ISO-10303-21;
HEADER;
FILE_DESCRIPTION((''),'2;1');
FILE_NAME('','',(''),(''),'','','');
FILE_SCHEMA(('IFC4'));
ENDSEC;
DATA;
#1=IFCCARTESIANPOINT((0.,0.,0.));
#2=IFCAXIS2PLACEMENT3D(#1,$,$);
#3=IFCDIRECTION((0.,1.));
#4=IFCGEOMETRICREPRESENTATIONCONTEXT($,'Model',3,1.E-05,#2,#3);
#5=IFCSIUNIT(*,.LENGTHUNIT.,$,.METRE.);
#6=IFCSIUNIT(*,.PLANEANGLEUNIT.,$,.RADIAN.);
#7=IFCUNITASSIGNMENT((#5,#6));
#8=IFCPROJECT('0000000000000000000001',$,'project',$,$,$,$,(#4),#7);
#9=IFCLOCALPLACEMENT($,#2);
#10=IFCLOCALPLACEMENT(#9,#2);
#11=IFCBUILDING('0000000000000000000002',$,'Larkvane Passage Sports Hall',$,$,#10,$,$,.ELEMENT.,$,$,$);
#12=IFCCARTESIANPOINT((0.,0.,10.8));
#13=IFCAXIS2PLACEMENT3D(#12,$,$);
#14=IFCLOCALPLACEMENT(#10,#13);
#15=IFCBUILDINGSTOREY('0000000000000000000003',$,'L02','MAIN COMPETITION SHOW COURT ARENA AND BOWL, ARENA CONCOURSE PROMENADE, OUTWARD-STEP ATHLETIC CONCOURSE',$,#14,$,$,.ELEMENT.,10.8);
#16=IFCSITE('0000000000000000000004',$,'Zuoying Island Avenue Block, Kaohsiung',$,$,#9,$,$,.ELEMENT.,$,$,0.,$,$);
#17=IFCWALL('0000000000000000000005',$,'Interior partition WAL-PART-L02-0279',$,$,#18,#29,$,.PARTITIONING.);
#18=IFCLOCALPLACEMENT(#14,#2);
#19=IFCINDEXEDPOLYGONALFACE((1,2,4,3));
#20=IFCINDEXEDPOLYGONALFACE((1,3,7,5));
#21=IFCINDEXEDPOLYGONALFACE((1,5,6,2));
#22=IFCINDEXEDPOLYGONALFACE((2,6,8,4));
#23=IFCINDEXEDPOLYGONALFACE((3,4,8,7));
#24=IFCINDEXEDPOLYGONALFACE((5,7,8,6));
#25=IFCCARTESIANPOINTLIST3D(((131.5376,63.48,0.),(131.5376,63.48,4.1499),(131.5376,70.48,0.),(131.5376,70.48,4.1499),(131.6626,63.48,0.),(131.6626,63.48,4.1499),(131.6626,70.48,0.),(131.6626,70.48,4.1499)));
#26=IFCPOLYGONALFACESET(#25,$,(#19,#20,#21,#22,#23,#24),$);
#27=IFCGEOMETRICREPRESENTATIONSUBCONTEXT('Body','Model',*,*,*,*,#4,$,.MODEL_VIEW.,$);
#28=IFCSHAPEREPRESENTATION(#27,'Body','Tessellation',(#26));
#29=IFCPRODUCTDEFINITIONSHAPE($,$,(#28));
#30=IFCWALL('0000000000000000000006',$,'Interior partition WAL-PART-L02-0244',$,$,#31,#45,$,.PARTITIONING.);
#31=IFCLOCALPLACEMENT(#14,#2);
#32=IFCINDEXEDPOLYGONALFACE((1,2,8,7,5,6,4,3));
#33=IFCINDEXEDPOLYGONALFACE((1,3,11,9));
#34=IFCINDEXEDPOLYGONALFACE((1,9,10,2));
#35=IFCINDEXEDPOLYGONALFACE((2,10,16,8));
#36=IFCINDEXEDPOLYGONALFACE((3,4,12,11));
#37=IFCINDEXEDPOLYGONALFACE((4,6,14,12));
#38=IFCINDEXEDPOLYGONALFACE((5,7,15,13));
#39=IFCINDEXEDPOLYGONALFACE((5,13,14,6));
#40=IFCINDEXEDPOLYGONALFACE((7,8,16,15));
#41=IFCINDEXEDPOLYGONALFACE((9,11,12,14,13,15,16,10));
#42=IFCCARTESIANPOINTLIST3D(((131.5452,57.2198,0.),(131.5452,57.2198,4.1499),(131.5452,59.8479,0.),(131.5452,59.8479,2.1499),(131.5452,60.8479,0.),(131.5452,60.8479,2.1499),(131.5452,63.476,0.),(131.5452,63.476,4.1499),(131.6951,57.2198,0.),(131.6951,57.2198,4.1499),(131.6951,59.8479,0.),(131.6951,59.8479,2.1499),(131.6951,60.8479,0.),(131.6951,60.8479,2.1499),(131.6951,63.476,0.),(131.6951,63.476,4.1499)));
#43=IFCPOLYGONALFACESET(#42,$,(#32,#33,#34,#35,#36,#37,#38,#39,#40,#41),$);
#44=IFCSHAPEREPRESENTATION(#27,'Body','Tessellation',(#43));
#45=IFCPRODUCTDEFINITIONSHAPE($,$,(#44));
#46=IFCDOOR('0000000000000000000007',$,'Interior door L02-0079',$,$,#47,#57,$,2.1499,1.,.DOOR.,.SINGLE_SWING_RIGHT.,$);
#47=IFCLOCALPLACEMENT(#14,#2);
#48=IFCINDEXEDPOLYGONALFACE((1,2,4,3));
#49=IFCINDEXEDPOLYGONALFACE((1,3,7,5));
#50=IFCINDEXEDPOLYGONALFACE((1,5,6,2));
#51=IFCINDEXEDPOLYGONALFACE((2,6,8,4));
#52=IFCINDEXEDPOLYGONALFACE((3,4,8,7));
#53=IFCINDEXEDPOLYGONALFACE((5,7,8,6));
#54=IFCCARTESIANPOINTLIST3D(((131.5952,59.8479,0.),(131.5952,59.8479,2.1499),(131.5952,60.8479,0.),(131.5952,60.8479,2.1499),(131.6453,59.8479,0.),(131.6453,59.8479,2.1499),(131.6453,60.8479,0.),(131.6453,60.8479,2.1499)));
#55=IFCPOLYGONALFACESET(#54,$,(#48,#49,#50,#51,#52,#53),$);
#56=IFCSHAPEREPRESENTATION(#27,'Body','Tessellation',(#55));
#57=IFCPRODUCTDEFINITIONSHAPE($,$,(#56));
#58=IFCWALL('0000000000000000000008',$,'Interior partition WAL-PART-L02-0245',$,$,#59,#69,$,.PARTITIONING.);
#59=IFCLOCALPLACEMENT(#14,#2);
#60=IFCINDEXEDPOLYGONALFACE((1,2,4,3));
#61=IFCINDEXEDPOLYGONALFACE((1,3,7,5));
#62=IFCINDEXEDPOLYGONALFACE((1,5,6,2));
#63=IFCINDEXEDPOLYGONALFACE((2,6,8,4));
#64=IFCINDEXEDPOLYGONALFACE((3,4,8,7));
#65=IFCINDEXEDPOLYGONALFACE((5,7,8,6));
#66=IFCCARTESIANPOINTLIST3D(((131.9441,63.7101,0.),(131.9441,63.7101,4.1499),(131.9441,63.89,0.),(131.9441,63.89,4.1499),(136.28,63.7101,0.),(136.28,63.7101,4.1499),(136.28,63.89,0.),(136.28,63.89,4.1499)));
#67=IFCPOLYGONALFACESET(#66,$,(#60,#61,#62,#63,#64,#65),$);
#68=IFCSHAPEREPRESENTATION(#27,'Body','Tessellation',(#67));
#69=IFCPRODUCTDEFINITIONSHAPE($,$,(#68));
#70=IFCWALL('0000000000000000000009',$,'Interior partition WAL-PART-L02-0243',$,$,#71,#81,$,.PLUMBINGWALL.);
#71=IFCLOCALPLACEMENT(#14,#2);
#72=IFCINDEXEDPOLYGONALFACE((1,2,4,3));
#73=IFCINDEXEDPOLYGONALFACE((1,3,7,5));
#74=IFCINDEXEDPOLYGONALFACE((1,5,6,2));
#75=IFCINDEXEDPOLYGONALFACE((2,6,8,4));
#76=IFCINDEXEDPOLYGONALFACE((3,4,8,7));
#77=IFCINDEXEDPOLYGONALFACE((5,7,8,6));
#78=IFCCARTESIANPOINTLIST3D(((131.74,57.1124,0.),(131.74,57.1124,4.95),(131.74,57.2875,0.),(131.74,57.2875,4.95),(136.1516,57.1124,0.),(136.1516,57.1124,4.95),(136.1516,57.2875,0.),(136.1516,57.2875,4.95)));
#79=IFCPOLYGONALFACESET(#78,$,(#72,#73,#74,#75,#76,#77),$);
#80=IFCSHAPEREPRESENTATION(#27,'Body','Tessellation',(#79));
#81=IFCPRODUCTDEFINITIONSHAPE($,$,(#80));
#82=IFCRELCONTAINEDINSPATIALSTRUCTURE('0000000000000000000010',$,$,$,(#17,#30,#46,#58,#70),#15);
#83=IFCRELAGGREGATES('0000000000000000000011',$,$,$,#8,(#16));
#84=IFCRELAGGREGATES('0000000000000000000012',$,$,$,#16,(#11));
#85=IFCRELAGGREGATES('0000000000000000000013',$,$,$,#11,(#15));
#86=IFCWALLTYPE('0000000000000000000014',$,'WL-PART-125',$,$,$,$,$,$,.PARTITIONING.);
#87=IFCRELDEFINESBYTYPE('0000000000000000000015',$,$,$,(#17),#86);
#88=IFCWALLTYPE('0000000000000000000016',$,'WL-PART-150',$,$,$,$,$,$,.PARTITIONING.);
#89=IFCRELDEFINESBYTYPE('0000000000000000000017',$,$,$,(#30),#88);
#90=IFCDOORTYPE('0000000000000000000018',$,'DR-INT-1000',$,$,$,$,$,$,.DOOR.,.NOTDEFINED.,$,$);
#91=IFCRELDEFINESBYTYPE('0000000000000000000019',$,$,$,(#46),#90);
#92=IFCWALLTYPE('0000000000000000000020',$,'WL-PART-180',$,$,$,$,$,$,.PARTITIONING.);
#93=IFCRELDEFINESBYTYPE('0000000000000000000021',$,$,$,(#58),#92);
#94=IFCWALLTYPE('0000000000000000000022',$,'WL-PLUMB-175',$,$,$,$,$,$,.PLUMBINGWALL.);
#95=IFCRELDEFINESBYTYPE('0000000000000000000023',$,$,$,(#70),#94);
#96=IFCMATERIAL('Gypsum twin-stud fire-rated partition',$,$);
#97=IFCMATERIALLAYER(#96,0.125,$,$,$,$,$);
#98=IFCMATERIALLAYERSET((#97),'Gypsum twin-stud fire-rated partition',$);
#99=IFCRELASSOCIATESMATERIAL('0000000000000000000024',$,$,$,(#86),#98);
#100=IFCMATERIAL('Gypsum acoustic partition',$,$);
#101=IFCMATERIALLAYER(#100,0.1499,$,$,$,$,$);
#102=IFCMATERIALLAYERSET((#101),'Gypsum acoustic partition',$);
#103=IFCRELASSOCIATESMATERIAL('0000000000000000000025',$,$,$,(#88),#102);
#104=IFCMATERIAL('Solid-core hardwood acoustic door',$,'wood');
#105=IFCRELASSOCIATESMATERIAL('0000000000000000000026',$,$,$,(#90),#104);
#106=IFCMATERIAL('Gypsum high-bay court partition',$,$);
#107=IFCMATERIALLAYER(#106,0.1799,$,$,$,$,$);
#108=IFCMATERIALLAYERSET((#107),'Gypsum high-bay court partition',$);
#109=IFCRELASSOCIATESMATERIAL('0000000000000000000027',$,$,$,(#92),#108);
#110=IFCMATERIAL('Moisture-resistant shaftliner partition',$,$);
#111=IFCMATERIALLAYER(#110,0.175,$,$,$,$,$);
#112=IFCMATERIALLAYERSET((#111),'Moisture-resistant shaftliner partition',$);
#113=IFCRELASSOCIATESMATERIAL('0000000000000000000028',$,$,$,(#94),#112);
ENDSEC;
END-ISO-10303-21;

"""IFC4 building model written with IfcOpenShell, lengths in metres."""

from ifc_helpers import new_model, si_unit, direction, frame, frame_2d, origin, place, context, subcontext, project, spatial, rectangle, extrude, material, layer, layer_set, type_object, element, fill, save


model = new_model("IFC4")

# Units and contexts
model_context = context("Model", 3, precision=1e-05, world=origin(), true_north=direction((0.0, 1.0)))
body_context = subcontext(model_context, "Body", "Model", "MODEL_VIEW")
ifc_project = project(units=[si_unit("LENGTHUNIT", "METRE"), si_unit("PLANEANGLEUNIT", "RADIAN")], contexts=[model_context])

# Site, building, storey
site_placement = place(None, origin())
site = spatial("IfcSite", under=ifc_project, at=site_placement, Name="Zuoying Island Avenue Block, Kaohsiung", CompositionType="ELEMENT", RefElevation=0.0)
building_placement = place(site_placement, origin())
building = spatial("IfcBuilding", under=site, at=building_placement, Name="Larkvane Passage Sports Hall", CompositionType="ELEMENT")
storey_placement = place(building_placement, frame((0.0, 0.0, 10.8)))
storey = spatial("IfcBuildingStorey", under=building, at=storey_placement, Name="L02", Description="MAIN COMPETITION SHOW COURT ARENA AND BOWL, ARENA CONCOURSE PROMENADE, OUTWARD-STEP ATHLETIC CONCOURSE", CompositionType="ELEMENT", Elevation=10.8)

# Wall
ifc_material_1 = material(Name="Gypsum twin-stud fire-rated partition")
ifc_layer_1 = layer(ifc_material_1, 0.125)
ifc_layer_set_1 = layer_set([ifc_layer_1], Name="Gypsum twin-stud fire-rated partition")
wall_type_1 = type_object("IfcWallType", Name="WL-PART-125", PredefinedType="PARTITIONING", material=ifc_layer_set_1)
wall_1_placement = place(storey_placement, frame((131.6001, 70.48, 0.0), z_axis=(0.0, 0.0, 1.0), x_axis=(0.0, -1.0, 0.0)))
element("IfcWall", 1, at=wall_1_placement, inside=storey, type_object=wall_type_1, Name="Interior partition WAL-PART-L02-0279", PredefinedType="PARTITIONING", context=body_context, shape_type="SweptSolid", body=[
    extrude(rectangle(XDim=7.0, YDim=0.125, at=frame_2d((3.5, 0.0))), origin(), (0.0, 0.0, 1.0), 4.1499),
])

# Wall, opening, door
ifc_material_2 = material(Name="Gypsum acoustic partition")
ifc_layer_2 = layer(ifc_material_2, 0.1499)
ifc_layer_set_2 = layer_set([ifc_layer_2], Name="Gypsum acoustic partition")
wall_type_2 = type_object("IfcWallType", Name="WL-PART-150", PredefinedType="PARTITIONING", material=ifc_layer_set_2)
wall_2_placement = place(storey_placement, frame((131.6201, 57.22, 0.0), z_axis=(0.0, 0.0, 1.0), x_axis=(0.0, 1.0, 0.0)))
wall_2 = element("IfcWall", 2, at=wall_2_placement, inside=storey, type_object=wall_type_2, Name="Interior partition WAL-PART-L02-0244", PredefinedType="PARTITIONING", context=body_context, shape_type="SweptSolid", body=[
    extrude(rectangle(XDim=6.2561, YDim=0.1499, at=frame_2d((3.1279, 0.0))), origin(), (0.0, 0.0, 1.0), 4.1499),
])
opening_placement = place(wall_2_placement, frame((2.6279, 0.0, 0.0)))
opening = element("IfcOpeningElement", 3, at=opening_placement, cuts=wall_2, PredefinedType="OPENING", context=body_context, shape_type="SweptSolid", body=[
    extrude(rectangle(XDim=1.0, YDim=2.1499, at=frame_2d((0.5, 1.075))), frame((0.0, 0.085, 0.0), z_axis=(0.0, -1.0, 0.0), x_axis=(1.0, 0.0, 0.0)), (0.0, 0.0, 1.0), 0.1699),
])
ifc_material_3 = material(Name="Solid-core hardwood acoustic door", Category="wood")
door_type = type_object("IfcDoorType", Name="DR-INT-1000", OperationType="NOTDEFINED", PredefinedType="DOOR", material=ifc_material_3)
door_placement = place(opening_placement, origin())
door = element("IfcDoor", 4, at=door_placement, inside=storey, type_object=door_type, Name="Interior door L02-0079", OperationType="SINGLE_SWING_RIGHT", OverallHeight=2.1499, OverallWidth=1.0, PredefinedType="DOOR", context=body_context, shape_type="SweptSolid", body=[
    extrude(rectangle(XDim=1.0, YDim=2.1499, at=frame_2d((0.5, 1.075))), frame((0.0, 0.0249, 0.0), z_axis=(0.0, -1.0, 0.0), x_axis=(1.0, 0.0, 0.0)), (0.0, 0.0, 1.0), 0.05),
])
fill(opening, door)

# Walls
ifc_material_4 = material(Name="Gypsum high-bay court partition")
ifc_layer_3 = layer(ifc_material_4, 0.1799)
ifc_layer_set_3 = layer_set([ifc_layer_3], Name="Gypsum high-bay court partition")
wall_type_3 = type_object("IfcWallType", Name="WL-PART-180", PredefinedType="PARTITIONING", material=ifc_layer_set_3)
wall_3_placement = place(storey_placement, frame((131.9441, 63.8, 0.0), z_axis=(0.0, 0.0, 1.0), x_axis=(1.0, 0.0, 0.0)))
element("IfcWall", 5, at=wall_3_placement, inside=storey, type_object=wall_type_3, Name="Interior partition WAL-PART-L02-0245", PredefinedType="PARTITIONING", context=body_context, shape_type="SweptSolid", body=[
    extrude(rectangle(XDim=4.3359, YDim=0.1799, at=frame_2d((2.168, 0.0))), origin(), (0.0, 0.0, 1.0), 4.1499),
])
ifc_material_5 = material(Name="Moisture-resistant shaftliner partition")
ifc_layer_4 = layer(ifc_material_5, 0.175)
ifc_layer_set_4 = layer_set([ifc_layer_4], Name="Moisture-resistant shaftliner partition")
wall_type_4 = type_object("IfcWallType", Name="WL-PLUMB-175", PredefinedType="PLUMBINGWALL", material=ifc_layer_set_4)
wall_4_placement = place(storey_placement, frame((131.74, 57.2, 0.0), z_axis=(0.0, 0.0, 1.0), x_axis=(1.0, 0.0, 0.0)))
element("IfcWall", 6, at=wall_4_placement, inside=storey, type_object=wall_type_4, Name="Interior partition WAL-PART-L02-0243", PredefinedType="PLUMBINGWALL", context=body_context, shape_type="SweptSolid", body=[
    extrude(rectangle(XDim=4.4116, YDim=0.175, at=frame_2d((2.2058, 0.0))), origin(), (0.0, 0.0, 1.0), 4.95),
])

save(model, "model.ifc")
